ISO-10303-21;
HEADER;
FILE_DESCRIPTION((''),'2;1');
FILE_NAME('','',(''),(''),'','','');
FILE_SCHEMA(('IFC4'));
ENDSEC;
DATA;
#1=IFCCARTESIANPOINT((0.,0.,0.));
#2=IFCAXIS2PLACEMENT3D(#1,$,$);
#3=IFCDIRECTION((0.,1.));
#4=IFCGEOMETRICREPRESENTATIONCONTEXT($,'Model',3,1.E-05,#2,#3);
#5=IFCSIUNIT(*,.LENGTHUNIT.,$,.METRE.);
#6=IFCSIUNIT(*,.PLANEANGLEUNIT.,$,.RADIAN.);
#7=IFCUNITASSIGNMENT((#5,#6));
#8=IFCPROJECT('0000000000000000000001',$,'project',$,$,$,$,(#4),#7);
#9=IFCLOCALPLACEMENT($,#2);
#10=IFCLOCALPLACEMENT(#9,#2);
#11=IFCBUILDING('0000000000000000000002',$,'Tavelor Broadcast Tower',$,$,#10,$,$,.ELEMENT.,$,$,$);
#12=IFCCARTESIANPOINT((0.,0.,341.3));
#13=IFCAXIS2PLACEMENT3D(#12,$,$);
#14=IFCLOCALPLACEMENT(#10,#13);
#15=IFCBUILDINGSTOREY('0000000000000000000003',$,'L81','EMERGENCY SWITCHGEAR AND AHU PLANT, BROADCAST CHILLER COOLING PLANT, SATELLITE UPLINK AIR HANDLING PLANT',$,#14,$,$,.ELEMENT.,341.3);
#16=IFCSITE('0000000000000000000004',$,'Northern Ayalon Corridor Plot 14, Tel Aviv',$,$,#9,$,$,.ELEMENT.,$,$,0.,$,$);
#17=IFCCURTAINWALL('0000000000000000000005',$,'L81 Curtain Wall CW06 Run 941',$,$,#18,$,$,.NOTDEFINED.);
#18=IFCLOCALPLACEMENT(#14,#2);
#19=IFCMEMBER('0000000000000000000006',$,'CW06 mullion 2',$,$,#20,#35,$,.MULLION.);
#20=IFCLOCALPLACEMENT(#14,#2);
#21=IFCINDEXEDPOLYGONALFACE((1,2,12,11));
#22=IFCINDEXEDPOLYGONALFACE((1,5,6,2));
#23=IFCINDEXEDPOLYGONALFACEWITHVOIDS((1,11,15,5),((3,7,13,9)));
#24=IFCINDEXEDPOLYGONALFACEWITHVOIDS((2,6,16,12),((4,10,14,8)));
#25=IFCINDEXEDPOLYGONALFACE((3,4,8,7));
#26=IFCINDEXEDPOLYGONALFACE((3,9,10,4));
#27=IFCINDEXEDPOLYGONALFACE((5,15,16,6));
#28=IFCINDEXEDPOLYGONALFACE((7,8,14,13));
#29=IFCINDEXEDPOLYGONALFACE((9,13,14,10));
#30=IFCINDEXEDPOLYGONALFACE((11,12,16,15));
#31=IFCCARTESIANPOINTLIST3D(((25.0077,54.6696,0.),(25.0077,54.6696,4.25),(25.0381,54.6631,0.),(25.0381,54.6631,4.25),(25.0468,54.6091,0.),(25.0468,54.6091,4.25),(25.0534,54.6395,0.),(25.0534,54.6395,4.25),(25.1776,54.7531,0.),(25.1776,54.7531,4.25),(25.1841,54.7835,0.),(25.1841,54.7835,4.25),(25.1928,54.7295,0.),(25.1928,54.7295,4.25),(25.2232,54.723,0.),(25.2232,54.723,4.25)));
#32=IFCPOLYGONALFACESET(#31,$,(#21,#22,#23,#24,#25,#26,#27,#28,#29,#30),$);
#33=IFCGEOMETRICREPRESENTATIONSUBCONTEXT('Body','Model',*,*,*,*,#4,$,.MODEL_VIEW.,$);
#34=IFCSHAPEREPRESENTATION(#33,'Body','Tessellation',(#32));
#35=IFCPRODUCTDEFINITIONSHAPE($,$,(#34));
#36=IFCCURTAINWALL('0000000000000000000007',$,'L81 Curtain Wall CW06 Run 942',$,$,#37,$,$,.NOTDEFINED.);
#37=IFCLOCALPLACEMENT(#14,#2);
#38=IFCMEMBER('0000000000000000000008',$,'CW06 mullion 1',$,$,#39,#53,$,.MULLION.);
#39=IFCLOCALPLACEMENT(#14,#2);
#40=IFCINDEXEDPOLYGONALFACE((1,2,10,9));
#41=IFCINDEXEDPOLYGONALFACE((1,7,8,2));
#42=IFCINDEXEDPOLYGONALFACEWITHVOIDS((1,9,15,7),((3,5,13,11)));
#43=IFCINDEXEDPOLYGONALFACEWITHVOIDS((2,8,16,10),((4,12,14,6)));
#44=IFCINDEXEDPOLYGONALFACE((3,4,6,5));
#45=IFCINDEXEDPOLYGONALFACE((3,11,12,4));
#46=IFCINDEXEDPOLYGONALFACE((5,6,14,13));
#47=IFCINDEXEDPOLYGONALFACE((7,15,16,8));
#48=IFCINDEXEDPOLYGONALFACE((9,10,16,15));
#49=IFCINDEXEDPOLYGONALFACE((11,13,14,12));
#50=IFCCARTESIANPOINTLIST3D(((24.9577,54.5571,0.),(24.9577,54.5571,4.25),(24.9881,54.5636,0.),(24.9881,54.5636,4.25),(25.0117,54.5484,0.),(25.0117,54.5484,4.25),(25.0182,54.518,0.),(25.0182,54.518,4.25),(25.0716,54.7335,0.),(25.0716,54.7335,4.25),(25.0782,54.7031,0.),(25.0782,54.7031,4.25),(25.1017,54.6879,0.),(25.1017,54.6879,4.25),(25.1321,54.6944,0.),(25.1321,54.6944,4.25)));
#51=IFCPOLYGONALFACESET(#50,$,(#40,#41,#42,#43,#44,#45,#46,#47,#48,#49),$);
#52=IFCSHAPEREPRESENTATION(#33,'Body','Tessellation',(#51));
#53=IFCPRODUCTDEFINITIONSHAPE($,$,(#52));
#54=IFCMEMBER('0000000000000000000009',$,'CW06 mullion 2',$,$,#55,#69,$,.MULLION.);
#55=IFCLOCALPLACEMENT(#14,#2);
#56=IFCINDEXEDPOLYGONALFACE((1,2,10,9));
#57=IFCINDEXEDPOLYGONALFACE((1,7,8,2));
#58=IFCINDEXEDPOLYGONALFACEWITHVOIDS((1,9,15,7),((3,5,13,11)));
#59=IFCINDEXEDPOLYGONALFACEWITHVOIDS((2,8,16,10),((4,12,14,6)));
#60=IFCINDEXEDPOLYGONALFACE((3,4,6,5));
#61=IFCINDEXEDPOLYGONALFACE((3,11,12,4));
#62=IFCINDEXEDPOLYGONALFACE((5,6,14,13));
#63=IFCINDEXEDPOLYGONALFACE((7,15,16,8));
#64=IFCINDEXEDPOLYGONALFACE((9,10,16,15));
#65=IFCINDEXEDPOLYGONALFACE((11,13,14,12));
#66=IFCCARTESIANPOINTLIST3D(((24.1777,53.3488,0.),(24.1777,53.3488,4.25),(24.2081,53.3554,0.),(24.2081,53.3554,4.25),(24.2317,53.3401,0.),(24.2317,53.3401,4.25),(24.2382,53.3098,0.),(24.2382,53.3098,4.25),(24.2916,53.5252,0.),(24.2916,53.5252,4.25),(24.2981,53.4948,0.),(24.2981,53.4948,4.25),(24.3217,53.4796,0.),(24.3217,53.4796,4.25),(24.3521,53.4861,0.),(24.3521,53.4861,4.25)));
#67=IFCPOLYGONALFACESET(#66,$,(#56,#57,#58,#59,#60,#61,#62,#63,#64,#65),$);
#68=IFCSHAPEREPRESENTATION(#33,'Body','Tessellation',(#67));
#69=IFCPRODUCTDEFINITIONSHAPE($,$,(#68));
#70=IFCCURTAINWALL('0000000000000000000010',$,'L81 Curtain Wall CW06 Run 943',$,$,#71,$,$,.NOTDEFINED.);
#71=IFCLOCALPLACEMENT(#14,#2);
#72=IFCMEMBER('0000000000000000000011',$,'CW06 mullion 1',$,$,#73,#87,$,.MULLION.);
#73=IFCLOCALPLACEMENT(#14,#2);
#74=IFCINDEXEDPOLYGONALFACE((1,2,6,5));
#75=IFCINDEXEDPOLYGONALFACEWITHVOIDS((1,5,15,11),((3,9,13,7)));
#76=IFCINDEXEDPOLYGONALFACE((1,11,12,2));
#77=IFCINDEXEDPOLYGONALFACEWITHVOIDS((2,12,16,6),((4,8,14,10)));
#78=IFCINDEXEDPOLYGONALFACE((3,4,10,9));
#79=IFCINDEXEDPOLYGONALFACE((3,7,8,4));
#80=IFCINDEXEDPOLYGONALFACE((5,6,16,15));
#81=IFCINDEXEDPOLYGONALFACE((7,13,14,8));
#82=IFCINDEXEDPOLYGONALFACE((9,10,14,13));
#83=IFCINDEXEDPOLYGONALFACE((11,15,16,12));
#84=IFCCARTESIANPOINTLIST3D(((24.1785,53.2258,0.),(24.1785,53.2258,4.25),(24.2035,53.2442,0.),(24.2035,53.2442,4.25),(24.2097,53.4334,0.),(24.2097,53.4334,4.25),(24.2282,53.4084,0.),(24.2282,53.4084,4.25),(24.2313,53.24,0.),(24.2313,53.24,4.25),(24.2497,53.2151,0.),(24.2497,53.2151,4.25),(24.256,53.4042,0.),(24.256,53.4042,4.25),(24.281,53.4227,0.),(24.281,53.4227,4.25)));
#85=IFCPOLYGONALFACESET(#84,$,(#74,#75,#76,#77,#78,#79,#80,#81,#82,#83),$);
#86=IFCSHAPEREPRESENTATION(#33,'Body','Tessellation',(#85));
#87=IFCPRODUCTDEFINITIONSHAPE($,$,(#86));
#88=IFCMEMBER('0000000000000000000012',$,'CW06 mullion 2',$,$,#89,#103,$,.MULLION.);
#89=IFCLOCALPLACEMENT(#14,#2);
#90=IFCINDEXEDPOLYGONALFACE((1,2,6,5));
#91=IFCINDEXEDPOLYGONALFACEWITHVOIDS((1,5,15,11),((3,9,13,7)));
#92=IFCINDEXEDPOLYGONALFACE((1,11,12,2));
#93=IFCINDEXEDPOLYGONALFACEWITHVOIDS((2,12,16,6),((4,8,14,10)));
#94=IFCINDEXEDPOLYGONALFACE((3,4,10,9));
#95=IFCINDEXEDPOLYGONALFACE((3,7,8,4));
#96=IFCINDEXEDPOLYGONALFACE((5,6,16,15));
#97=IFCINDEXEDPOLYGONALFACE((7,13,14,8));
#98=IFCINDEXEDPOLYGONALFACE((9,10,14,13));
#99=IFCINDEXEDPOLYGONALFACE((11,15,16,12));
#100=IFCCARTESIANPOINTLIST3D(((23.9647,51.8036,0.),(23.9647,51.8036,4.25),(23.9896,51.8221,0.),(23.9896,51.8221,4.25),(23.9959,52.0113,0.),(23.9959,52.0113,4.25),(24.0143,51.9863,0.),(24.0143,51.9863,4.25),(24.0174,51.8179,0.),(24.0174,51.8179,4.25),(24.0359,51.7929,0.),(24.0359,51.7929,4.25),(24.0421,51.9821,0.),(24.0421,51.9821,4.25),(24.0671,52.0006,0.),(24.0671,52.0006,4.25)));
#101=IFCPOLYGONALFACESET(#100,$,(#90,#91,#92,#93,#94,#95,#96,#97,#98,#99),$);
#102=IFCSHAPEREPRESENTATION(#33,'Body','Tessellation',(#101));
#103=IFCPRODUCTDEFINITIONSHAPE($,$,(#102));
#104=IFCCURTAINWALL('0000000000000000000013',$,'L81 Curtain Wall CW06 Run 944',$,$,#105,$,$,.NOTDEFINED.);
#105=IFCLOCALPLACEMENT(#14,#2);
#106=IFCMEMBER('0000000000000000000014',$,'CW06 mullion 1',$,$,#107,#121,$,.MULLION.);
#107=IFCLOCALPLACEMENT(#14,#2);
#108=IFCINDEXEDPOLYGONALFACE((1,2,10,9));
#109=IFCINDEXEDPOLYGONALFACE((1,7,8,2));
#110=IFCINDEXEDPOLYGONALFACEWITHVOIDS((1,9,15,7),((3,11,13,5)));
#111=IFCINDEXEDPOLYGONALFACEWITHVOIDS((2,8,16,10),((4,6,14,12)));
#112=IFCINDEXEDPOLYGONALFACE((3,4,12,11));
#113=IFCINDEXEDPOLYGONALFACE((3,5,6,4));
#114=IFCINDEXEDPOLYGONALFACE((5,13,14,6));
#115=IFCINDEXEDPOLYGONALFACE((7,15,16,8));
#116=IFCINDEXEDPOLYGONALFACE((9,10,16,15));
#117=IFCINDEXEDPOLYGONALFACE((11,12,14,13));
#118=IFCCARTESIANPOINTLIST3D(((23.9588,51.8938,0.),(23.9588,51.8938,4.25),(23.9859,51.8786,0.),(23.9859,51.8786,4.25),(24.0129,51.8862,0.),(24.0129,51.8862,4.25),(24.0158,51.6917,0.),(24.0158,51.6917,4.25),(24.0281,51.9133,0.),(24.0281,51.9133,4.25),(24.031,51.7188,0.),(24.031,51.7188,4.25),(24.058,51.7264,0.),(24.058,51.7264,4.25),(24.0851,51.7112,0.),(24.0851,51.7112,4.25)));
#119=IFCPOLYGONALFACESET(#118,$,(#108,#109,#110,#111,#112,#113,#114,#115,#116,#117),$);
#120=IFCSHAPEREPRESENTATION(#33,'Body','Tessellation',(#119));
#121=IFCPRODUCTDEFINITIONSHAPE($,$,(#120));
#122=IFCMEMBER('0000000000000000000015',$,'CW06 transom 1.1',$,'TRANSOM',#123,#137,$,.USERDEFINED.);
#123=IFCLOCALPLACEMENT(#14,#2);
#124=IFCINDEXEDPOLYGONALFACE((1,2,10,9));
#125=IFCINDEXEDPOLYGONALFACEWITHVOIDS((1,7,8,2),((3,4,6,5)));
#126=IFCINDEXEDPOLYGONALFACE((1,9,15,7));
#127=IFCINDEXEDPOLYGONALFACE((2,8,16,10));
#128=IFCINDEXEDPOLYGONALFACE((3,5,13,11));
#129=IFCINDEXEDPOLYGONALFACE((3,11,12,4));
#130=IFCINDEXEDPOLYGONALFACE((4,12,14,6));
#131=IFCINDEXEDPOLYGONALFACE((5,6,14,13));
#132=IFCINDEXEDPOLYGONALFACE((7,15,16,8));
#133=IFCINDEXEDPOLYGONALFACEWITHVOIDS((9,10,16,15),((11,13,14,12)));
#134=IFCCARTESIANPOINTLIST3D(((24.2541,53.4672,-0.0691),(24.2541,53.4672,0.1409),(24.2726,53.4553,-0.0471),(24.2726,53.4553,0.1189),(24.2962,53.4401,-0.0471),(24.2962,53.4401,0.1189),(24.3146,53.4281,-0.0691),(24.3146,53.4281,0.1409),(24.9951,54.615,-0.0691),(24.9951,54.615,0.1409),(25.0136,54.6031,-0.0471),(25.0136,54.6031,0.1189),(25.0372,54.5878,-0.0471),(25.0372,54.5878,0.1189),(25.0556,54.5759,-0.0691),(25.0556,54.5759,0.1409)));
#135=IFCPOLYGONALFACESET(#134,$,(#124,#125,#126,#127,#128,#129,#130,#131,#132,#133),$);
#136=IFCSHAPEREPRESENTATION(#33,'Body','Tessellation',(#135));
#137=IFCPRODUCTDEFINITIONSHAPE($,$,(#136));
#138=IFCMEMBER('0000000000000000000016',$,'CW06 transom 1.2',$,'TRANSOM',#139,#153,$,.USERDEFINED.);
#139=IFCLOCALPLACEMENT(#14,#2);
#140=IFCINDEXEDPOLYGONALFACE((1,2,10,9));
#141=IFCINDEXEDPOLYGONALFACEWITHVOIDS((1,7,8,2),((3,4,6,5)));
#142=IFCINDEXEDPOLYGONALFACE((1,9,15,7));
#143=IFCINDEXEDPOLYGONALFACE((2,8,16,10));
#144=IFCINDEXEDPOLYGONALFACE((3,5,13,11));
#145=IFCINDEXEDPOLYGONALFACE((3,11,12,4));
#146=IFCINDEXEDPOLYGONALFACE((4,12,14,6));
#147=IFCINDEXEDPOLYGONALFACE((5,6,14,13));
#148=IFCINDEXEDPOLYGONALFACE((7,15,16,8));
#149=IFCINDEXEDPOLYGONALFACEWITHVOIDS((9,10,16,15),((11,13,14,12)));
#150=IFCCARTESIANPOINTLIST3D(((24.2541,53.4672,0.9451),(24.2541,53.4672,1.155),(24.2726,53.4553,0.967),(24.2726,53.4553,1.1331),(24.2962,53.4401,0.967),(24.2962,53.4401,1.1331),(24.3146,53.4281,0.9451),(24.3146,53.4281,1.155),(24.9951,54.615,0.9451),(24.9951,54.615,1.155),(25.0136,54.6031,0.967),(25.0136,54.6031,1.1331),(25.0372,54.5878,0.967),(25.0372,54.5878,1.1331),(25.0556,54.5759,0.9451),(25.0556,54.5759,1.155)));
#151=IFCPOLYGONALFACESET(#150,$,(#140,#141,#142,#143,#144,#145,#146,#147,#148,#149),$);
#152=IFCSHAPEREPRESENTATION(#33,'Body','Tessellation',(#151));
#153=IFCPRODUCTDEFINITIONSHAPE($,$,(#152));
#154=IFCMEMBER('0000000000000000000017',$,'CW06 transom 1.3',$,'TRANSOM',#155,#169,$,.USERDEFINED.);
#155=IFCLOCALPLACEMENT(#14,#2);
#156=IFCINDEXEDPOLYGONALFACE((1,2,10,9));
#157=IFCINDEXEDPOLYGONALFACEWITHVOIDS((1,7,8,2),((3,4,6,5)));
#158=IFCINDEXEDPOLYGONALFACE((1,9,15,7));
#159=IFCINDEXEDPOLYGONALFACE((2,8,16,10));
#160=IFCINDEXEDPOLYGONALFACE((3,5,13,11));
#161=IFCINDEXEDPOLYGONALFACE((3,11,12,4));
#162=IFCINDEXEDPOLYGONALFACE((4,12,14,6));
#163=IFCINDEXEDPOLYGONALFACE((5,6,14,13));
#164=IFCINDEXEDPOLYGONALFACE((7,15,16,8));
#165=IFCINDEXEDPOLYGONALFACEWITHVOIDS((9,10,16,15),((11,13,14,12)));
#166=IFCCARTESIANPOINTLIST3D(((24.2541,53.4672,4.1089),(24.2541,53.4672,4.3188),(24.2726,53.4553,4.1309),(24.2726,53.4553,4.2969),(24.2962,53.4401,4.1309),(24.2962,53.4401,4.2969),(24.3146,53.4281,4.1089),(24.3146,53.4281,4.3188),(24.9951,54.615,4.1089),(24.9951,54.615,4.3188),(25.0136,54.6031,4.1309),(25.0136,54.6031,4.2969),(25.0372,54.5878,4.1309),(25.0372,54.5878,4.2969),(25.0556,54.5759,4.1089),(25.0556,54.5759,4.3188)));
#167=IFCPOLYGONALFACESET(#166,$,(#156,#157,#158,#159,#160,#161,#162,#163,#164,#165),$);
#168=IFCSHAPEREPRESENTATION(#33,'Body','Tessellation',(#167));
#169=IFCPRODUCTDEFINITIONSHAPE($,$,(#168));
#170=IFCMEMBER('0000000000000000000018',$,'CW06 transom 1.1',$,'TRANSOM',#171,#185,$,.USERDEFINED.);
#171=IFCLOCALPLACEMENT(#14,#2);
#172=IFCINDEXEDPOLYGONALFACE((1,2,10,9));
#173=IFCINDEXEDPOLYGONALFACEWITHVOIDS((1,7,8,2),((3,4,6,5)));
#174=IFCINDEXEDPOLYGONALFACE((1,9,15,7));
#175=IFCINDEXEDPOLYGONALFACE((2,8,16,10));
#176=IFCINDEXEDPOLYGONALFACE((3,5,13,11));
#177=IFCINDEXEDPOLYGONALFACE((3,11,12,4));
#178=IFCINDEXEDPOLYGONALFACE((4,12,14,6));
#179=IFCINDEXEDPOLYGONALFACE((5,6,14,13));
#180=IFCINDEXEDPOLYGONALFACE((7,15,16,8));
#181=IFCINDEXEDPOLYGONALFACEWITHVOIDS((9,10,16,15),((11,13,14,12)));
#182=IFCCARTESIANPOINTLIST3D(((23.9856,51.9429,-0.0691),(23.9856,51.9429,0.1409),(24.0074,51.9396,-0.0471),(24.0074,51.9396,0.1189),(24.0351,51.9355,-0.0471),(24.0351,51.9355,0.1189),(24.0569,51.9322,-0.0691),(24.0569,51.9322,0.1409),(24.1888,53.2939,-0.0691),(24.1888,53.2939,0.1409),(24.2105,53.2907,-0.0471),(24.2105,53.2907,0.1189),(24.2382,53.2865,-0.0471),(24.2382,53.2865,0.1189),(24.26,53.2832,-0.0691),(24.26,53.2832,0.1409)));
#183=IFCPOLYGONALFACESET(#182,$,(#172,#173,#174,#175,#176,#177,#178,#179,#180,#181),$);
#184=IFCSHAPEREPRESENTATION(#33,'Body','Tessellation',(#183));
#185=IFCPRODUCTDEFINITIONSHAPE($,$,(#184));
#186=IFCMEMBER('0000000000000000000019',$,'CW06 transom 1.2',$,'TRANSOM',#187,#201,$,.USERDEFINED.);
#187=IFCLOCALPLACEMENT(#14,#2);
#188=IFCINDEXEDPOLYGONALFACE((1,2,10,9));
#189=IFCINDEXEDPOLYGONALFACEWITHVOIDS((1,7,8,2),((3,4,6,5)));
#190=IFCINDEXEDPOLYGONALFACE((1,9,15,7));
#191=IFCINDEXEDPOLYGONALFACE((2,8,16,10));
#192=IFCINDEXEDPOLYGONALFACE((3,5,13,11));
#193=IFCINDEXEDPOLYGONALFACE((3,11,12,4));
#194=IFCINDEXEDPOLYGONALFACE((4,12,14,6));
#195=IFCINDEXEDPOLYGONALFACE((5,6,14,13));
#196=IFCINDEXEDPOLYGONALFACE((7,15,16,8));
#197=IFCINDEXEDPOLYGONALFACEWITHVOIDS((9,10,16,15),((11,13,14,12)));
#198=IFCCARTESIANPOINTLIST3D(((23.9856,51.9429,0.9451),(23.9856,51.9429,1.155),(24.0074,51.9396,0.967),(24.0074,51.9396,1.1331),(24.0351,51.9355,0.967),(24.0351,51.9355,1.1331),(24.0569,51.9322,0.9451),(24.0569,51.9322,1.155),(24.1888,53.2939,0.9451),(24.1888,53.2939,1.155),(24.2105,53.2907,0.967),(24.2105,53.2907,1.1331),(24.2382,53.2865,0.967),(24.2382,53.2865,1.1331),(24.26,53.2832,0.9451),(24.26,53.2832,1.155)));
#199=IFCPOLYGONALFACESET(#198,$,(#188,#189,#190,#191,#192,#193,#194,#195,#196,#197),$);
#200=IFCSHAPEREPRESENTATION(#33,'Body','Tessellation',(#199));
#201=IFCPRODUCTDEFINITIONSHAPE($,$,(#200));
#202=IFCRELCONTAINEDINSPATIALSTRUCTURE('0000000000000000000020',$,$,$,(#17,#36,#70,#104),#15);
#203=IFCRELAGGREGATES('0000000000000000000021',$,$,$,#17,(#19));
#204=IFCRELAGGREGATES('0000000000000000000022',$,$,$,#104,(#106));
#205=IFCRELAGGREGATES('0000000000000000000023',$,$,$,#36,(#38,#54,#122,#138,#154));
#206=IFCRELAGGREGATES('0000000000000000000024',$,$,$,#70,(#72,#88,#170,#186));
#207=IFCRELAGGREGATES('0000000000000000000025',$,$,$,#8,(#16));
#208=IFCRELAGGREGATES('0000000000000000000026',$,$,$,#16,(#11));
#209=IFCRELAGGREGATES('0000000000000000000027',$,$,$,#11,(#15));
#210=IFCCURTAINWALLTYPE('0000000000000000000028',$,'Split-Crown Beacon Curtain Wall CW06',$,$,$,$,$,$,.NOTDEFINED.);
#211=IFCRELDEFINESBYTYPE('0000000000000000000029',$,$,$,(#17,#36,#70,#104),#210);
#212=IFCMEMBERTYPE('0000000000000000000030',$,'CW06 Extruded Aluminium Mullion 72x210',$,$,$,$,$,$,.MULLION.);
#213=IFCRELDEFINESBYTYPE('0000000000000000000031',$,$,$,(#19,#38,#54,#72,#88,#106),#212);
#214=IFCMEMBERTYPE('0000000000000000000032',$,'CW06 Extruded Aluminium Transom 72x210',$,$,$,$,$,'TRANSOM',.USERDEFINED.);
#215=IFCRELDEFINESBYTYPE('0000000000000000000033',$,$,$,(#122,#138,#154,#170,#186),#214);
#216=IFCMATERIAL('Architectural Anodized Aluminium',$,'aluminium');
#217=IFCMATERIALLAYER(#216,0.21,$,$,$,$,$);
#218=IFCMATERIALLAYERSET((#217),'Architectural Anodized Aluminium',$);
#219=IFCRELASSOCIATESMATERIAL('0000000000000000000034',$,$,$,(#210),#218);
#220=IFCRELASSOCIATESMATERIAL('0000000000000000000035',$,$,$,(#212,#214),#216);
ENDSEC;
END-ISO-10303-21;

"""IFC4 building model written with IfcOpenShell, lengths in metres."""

from ifc_helpers import new_model, si_unit, direction, frame, origin, origin_2d, place, context, subcontext, project, spatial, hollow_rectangle, extrude, source, transform, mapped, material, layer, layer_set, material_profile, profile_set, type_object, type_shapes, element, aggregate, save


model = new_model("IFC4")

# Units and contexts
model_context = context("Model", 3, precision=1e-05, world=origin(), true_north=direction((0.0, 1.0)))
body_context = subcontext(model_context, "Body", "Model", "MODEL_VIEW")
ifc_project = project(units=[si_unit("LENGTHUNIT", "METRE"), si_unit("PLANEANGLEUNIT", "RADIAN")], contexts=[model_context])

# Site, building, storey
site_placement = place(None, origin())
site = spatial("IfcSite", under=ifc_project, at=site_placement, Name="Northern Ayalon Corridor Plot 14, Tel Aviv", CompositionType="ELEMENT", RefElevation=0.0)
building_placement = place(site_placement, origin())
building = spatial("IfcBuilding", under=site, at=building_placement, Name="Tavelor Broadcast Tower", CompositionType="ELEMENT")
storey_placement = place(building_placement, frame((0.0, 0.0, 341.3)))
storey = spatial("IfcBuildingStorey", under=building, at=storey_placement, Name="L81", Description="EMERGENCY SWITCHGEAR AND AHU PLANT, BROADCAST CHILLER COOLING PLANT, SATELLITE UPLINK AIR HANDLING PLANT", CompositionType="ELEMENT", Elevation=341.3)

# Curtain wall, member
ifc_material_1 = material(Name="Architectural Anodized Aluminium", Category="aluminium")
ifc_layer_1 = layer(ifc_material_1, 0.21)
ifc_layer_set_1 = layer_set([ifc_layer_1], Name="Architectural Anodized Aluminium")
curtain_wall_type = type_object("IfcCurtainWallType", Name="Split-Crown Beacon Curtain Wall CW06", PredefinedType="NOTDEFINED", material=ifc_layer_set_1)
curtain_wall_1_placement = place(storey_placement, origin())
curtain_wall_1 = element("IfcCurtainWall", 1, at=curtain_wall_1_placement, inside=storey, type_object=curtain_wall_type, Name="L81 Curtain Wall CW06 Run 941", PredefinedType="NOTDEFINED")
ifc_material_profile_1 = material_profile(ifc_material_1, hollow_rectangle(XDim=0.072, YDim=0.21, WallThickness=0.022, at=origin_2d()), Name="RHS 72x210x22")
ifc_profile_set_1 = profile_set([ifc_material_profile_1], Name="Architectural Anodized Aluminium")
member_type_1 = type_object("IfcMemberType", Name="CW06 Extruded Aluminium Mullion 72x210", PredefinedType="MULLION", material=ifc_profile_set_1)
shared_shape_1 = source(origin(), body_context, "Body", "SweptSolid", [
    extrude(hollow_rectangle(XDim=0.072, YDim=0.21, WallThickness=0.022, at=origin_2d()), origin(), (0.0, 0.0, 1.0), 4.25),
])
type_shapes(member_type_1, [shared_shape_1])
member_1_placement = place(storey_placement, frame((25.1155, 54.6963, 0.0), z_axis=(0.0, 0.0, 1.0), x_axis=(0.542387, -0.840129, 0.0)))
member_1 = element("IfcMember", 2, at=member_1_placement, type_object=member_type_1, Name="CW06 mullion 2", PredefinedType="MULLION", context=body_context, shape_type="MappedRepresentation", body=[
    mapped(shared_shape_1, transform((0.0, 0.0, 0.0), scale=1.0)),
])
aggregate(curtain_wall_1, [member_1])

# Curtain walls, members
curtain_wall_2_placement = place(storey_placement, origin())
curtain_wall_2 = element("IfcCurtainWall", 3, at=curtain_wall_2_placement, inside=storey, type_object=curtain_wall_type, Name="L81 Curtain Wall CW06 Run 942", PredefinedType="NOTDEFINED")
member_2_placement = place(storey_placement, frame((25.0449, 54.6257, 0.0), z_axis=(0.0, 0.0, 1.0), x_axis=(0.84012, -0.5424, 0.0)))
member_2 = element("IfcMember", 4, at=member_2_placement, type_object=member_type_1, Name="CW06 mullion 1", PredefinedType="MULLION", context=body_context, shape_type="MappedRepresentation", body=[
    mapped(shared_shape_1, transform((0.0, 0.0, 0.0), scale=1.0)),
])
member_3_placement = place(storey_placement, frame((24.2649, 53.4175, 0.0), z_axis=(0.0, 0.0, 1.0), x_axis=(0.84012, -0.5424, 0.0)))
member_3 = element("IfcMember", 5, at=member_3_placement, type_object=member_type_1, Name="CW06 mullion 2", PredefinedType="MULLION", context=body_context, shape_type="MappedRepresentation", body=[
    mapped(shared_shape_1, transform((0.0, 0.0, 0.0), scale=1.0)),
])
curtain_wall_3_placement = place(storey_placement, origin())
curtain_wall_3 = element("IfcCurtainWall", 6, at=curtain_wall_3_placement, inside=storey, type_object=curtain_wall_type, Name="L81 Curtain Wall CW06 Run 943", PredefinedType="NOTDEFINED")
member_4_placement = place(storey_placement, frame((24.2297, 53.3242, 0.0), z_axis=(0.0, 0.0, 1.0), x_axis=(0.988887, -0.148668, 0.0)))
member_4 = element("IfcMember", 7, at=member_4_placement, type_object=member_type_1, Name="CW06 mullion 1", PredefinedType="MULLION", context=body_context, shape_type="MappedRepresentation", body=[
    mapped(shared_shape_1, transform((0.0, 0.0, 0.0), scale=1.0)),
])
member_5_placement = place(storey_placement, frame((24.0159, 51.9021, 0.0), z_axis=(0.0, 0.0, 1.0), x_axis=(0.988887, -0.148668, 0.0)))
member_5 = element("IfcMember", 8, at=member_5_placement, type_object=member_type_1, Name="CW06 mullion 2", PredefinedType="MULLION", context=body_context, shape_type="MappedRepresentation", body=[
    mapped(shared_shape_1, transform((0.0, 0.0, 0.0), scale=1.0)),
])

# Curtain wall, member
curtain_wall_4_placement = place(storey_placement, origin())
curtain_wall_4 = element("IfcCurtainWall", 9, at=curtain_wall_4_placement, inside=storey, type_object=curtain_wall_type, Name="L81 Curtain Wall CW06 Run 944", PredefinedType="NOTDEFINED")
member_6_placement = place(storey_placement, frame((24.022, 51.8025, 0.0), z_axis=(0.0, 0.0, 1.0), x_axis=(0.962447, 0.271468, 0.0)))
member_6 = element("IfcMember", 10, at=member_6_placement, type_object=member_type_1, Name="CW06 mullion 1", PredefinedType="MULLION", context=body_context, shape_type="MappedRepresentation", body=[
    mapped(shared_shape_1, transform((0.0, 0.0, 0.0), scale=1.0)),
])

# Members
ifc_material_profile_2 = material_profile(ifc_material_1, hollow_rectangle(XDim=0.072, YDim=0.21, WallThickness=0.022, at=origin_2d()), Name="RHS 72x210x22")
ifc_profile_set_2 = profile_set([ifc_material_profile_2], Name="Architectural Anodized Aluminium")
member_type_2 = type_object("IfcMemberType", Name="CW06 Extruded Aluminium Transom 72x210", ElementType="TRANSOM", PredefinedType="USERDEFINED", material=ifc_profile_set_2)
shared_shape_2 = source(origin(), body_context, "Body", "SweptSolid", [
    extrude(hollow_rectangle(XDim=0.072, YDim=0.21, WallThickness=0.022, at=origin_2d()), origin(), (0.0, 0.0, 1.0), 1.3662),
])
member_7_placement = place(storey_placement, frame((25.0254, 54.5955, 0.0359), z_axis=(-0.542391, -0.840126, 0.0), x_axis=(0.840126, -0.542391, 0.0)))
member_7 = element("IfcMember", 11, at=member_7_placement, type_object=member_type_2, Name="CW06 transom 1.1", ObjectType="TRANSOM", PredefinedType="USERDEFINED", context=body_context, shape_type="MappedRepresentation", body=[
    mapped(shared_shape_2, transform((0.0, 0.0, 0.0), scale=1.0)),
])
member_8_placement = place(storey_placement, frame((25.0254, 54.5955, 1.05), z_axis=(-0.542391, -0.840126, 0.0), x_axis=(0.840126, -0.542391, 0.0)))
member_8 = element("IfcMember", 12, at=member_8_placement, type_object=member_type_2, Name="CW06 transom 1.2", ObjectType="TRANSOM", PredefinedType="USERDEFINED", context=body_context, shape_type="MappedRepresentation", body=[
    mapped(shared_shape_2, transform((0.0, 0.0, 0.0), scale=1.0)),
])
member_9_placement = place(storey_placement, frame((25.0254, 54.5955, 4.2139), z_axis=(-0.542391, -0.840126, 0.0), x_axis=(0.840126, -0.542391, 0.0)))
member_9 = element("IfcMember", 13, at=member_9_placement, type_object=member_type_2, Name="CW06 transom 1.3", ObjectType="TRANSOM", PredefinedType="USERDEFINED", context=body_context, shape_type="MappedRepresentation", body=[
    mapped(shared_shape_2, transform((0.0, 0.0, 0.0), scale=1.0)),
])
member_10_placement = place(storey_placement, frame((24.2244, 53.2886, 0.0359), z_axis=(-0.148672, -0.988886, 0.0), x_axis=(0.988886, -0.148672, 0.0)))
member_10 = element("IfcMember", 14, at=member_10_placement, type_object=member_type_2, Name="CW06 transom 1.1", ObjectType="TRANSOM", PredefinedType="USERDEFINED", context=body_context, shape_type="MappedRepresentation", body=[
    mapped(shared_shape_2, transform((0.0, 0.0, 0.0), scale=1.0)),
])
member_11_placement = place(storey_placement, frame((24.2244, 53.2886, 1.05), z_axis=(-0.148672, -0.988886, 0.0), x_axis=(0.988886, -0.148672, 0.0)))
member_11 = element("IfcMember", 15, at=member_11_placement, type_object=member_type_2, Name="CW06 transom 1.2", ObjectType="TRANSOM", PredefinedType="USERDEFINED", context=body_context, shape_type="MappedRepresentation", body=[
    mapped(shared_shape_2, transform((0.0, 0.0, 0.0), scale=1.0)),
])

aggregate(curtain_wall_4, [member_6])
aggregate(curtain_wall_2, [member_2, member_3, member_7, member_8, member_9])
aggregate(curtain_wall_3, [member_4, member_5, member_10, member_11])

save(model, "model.ifc")
